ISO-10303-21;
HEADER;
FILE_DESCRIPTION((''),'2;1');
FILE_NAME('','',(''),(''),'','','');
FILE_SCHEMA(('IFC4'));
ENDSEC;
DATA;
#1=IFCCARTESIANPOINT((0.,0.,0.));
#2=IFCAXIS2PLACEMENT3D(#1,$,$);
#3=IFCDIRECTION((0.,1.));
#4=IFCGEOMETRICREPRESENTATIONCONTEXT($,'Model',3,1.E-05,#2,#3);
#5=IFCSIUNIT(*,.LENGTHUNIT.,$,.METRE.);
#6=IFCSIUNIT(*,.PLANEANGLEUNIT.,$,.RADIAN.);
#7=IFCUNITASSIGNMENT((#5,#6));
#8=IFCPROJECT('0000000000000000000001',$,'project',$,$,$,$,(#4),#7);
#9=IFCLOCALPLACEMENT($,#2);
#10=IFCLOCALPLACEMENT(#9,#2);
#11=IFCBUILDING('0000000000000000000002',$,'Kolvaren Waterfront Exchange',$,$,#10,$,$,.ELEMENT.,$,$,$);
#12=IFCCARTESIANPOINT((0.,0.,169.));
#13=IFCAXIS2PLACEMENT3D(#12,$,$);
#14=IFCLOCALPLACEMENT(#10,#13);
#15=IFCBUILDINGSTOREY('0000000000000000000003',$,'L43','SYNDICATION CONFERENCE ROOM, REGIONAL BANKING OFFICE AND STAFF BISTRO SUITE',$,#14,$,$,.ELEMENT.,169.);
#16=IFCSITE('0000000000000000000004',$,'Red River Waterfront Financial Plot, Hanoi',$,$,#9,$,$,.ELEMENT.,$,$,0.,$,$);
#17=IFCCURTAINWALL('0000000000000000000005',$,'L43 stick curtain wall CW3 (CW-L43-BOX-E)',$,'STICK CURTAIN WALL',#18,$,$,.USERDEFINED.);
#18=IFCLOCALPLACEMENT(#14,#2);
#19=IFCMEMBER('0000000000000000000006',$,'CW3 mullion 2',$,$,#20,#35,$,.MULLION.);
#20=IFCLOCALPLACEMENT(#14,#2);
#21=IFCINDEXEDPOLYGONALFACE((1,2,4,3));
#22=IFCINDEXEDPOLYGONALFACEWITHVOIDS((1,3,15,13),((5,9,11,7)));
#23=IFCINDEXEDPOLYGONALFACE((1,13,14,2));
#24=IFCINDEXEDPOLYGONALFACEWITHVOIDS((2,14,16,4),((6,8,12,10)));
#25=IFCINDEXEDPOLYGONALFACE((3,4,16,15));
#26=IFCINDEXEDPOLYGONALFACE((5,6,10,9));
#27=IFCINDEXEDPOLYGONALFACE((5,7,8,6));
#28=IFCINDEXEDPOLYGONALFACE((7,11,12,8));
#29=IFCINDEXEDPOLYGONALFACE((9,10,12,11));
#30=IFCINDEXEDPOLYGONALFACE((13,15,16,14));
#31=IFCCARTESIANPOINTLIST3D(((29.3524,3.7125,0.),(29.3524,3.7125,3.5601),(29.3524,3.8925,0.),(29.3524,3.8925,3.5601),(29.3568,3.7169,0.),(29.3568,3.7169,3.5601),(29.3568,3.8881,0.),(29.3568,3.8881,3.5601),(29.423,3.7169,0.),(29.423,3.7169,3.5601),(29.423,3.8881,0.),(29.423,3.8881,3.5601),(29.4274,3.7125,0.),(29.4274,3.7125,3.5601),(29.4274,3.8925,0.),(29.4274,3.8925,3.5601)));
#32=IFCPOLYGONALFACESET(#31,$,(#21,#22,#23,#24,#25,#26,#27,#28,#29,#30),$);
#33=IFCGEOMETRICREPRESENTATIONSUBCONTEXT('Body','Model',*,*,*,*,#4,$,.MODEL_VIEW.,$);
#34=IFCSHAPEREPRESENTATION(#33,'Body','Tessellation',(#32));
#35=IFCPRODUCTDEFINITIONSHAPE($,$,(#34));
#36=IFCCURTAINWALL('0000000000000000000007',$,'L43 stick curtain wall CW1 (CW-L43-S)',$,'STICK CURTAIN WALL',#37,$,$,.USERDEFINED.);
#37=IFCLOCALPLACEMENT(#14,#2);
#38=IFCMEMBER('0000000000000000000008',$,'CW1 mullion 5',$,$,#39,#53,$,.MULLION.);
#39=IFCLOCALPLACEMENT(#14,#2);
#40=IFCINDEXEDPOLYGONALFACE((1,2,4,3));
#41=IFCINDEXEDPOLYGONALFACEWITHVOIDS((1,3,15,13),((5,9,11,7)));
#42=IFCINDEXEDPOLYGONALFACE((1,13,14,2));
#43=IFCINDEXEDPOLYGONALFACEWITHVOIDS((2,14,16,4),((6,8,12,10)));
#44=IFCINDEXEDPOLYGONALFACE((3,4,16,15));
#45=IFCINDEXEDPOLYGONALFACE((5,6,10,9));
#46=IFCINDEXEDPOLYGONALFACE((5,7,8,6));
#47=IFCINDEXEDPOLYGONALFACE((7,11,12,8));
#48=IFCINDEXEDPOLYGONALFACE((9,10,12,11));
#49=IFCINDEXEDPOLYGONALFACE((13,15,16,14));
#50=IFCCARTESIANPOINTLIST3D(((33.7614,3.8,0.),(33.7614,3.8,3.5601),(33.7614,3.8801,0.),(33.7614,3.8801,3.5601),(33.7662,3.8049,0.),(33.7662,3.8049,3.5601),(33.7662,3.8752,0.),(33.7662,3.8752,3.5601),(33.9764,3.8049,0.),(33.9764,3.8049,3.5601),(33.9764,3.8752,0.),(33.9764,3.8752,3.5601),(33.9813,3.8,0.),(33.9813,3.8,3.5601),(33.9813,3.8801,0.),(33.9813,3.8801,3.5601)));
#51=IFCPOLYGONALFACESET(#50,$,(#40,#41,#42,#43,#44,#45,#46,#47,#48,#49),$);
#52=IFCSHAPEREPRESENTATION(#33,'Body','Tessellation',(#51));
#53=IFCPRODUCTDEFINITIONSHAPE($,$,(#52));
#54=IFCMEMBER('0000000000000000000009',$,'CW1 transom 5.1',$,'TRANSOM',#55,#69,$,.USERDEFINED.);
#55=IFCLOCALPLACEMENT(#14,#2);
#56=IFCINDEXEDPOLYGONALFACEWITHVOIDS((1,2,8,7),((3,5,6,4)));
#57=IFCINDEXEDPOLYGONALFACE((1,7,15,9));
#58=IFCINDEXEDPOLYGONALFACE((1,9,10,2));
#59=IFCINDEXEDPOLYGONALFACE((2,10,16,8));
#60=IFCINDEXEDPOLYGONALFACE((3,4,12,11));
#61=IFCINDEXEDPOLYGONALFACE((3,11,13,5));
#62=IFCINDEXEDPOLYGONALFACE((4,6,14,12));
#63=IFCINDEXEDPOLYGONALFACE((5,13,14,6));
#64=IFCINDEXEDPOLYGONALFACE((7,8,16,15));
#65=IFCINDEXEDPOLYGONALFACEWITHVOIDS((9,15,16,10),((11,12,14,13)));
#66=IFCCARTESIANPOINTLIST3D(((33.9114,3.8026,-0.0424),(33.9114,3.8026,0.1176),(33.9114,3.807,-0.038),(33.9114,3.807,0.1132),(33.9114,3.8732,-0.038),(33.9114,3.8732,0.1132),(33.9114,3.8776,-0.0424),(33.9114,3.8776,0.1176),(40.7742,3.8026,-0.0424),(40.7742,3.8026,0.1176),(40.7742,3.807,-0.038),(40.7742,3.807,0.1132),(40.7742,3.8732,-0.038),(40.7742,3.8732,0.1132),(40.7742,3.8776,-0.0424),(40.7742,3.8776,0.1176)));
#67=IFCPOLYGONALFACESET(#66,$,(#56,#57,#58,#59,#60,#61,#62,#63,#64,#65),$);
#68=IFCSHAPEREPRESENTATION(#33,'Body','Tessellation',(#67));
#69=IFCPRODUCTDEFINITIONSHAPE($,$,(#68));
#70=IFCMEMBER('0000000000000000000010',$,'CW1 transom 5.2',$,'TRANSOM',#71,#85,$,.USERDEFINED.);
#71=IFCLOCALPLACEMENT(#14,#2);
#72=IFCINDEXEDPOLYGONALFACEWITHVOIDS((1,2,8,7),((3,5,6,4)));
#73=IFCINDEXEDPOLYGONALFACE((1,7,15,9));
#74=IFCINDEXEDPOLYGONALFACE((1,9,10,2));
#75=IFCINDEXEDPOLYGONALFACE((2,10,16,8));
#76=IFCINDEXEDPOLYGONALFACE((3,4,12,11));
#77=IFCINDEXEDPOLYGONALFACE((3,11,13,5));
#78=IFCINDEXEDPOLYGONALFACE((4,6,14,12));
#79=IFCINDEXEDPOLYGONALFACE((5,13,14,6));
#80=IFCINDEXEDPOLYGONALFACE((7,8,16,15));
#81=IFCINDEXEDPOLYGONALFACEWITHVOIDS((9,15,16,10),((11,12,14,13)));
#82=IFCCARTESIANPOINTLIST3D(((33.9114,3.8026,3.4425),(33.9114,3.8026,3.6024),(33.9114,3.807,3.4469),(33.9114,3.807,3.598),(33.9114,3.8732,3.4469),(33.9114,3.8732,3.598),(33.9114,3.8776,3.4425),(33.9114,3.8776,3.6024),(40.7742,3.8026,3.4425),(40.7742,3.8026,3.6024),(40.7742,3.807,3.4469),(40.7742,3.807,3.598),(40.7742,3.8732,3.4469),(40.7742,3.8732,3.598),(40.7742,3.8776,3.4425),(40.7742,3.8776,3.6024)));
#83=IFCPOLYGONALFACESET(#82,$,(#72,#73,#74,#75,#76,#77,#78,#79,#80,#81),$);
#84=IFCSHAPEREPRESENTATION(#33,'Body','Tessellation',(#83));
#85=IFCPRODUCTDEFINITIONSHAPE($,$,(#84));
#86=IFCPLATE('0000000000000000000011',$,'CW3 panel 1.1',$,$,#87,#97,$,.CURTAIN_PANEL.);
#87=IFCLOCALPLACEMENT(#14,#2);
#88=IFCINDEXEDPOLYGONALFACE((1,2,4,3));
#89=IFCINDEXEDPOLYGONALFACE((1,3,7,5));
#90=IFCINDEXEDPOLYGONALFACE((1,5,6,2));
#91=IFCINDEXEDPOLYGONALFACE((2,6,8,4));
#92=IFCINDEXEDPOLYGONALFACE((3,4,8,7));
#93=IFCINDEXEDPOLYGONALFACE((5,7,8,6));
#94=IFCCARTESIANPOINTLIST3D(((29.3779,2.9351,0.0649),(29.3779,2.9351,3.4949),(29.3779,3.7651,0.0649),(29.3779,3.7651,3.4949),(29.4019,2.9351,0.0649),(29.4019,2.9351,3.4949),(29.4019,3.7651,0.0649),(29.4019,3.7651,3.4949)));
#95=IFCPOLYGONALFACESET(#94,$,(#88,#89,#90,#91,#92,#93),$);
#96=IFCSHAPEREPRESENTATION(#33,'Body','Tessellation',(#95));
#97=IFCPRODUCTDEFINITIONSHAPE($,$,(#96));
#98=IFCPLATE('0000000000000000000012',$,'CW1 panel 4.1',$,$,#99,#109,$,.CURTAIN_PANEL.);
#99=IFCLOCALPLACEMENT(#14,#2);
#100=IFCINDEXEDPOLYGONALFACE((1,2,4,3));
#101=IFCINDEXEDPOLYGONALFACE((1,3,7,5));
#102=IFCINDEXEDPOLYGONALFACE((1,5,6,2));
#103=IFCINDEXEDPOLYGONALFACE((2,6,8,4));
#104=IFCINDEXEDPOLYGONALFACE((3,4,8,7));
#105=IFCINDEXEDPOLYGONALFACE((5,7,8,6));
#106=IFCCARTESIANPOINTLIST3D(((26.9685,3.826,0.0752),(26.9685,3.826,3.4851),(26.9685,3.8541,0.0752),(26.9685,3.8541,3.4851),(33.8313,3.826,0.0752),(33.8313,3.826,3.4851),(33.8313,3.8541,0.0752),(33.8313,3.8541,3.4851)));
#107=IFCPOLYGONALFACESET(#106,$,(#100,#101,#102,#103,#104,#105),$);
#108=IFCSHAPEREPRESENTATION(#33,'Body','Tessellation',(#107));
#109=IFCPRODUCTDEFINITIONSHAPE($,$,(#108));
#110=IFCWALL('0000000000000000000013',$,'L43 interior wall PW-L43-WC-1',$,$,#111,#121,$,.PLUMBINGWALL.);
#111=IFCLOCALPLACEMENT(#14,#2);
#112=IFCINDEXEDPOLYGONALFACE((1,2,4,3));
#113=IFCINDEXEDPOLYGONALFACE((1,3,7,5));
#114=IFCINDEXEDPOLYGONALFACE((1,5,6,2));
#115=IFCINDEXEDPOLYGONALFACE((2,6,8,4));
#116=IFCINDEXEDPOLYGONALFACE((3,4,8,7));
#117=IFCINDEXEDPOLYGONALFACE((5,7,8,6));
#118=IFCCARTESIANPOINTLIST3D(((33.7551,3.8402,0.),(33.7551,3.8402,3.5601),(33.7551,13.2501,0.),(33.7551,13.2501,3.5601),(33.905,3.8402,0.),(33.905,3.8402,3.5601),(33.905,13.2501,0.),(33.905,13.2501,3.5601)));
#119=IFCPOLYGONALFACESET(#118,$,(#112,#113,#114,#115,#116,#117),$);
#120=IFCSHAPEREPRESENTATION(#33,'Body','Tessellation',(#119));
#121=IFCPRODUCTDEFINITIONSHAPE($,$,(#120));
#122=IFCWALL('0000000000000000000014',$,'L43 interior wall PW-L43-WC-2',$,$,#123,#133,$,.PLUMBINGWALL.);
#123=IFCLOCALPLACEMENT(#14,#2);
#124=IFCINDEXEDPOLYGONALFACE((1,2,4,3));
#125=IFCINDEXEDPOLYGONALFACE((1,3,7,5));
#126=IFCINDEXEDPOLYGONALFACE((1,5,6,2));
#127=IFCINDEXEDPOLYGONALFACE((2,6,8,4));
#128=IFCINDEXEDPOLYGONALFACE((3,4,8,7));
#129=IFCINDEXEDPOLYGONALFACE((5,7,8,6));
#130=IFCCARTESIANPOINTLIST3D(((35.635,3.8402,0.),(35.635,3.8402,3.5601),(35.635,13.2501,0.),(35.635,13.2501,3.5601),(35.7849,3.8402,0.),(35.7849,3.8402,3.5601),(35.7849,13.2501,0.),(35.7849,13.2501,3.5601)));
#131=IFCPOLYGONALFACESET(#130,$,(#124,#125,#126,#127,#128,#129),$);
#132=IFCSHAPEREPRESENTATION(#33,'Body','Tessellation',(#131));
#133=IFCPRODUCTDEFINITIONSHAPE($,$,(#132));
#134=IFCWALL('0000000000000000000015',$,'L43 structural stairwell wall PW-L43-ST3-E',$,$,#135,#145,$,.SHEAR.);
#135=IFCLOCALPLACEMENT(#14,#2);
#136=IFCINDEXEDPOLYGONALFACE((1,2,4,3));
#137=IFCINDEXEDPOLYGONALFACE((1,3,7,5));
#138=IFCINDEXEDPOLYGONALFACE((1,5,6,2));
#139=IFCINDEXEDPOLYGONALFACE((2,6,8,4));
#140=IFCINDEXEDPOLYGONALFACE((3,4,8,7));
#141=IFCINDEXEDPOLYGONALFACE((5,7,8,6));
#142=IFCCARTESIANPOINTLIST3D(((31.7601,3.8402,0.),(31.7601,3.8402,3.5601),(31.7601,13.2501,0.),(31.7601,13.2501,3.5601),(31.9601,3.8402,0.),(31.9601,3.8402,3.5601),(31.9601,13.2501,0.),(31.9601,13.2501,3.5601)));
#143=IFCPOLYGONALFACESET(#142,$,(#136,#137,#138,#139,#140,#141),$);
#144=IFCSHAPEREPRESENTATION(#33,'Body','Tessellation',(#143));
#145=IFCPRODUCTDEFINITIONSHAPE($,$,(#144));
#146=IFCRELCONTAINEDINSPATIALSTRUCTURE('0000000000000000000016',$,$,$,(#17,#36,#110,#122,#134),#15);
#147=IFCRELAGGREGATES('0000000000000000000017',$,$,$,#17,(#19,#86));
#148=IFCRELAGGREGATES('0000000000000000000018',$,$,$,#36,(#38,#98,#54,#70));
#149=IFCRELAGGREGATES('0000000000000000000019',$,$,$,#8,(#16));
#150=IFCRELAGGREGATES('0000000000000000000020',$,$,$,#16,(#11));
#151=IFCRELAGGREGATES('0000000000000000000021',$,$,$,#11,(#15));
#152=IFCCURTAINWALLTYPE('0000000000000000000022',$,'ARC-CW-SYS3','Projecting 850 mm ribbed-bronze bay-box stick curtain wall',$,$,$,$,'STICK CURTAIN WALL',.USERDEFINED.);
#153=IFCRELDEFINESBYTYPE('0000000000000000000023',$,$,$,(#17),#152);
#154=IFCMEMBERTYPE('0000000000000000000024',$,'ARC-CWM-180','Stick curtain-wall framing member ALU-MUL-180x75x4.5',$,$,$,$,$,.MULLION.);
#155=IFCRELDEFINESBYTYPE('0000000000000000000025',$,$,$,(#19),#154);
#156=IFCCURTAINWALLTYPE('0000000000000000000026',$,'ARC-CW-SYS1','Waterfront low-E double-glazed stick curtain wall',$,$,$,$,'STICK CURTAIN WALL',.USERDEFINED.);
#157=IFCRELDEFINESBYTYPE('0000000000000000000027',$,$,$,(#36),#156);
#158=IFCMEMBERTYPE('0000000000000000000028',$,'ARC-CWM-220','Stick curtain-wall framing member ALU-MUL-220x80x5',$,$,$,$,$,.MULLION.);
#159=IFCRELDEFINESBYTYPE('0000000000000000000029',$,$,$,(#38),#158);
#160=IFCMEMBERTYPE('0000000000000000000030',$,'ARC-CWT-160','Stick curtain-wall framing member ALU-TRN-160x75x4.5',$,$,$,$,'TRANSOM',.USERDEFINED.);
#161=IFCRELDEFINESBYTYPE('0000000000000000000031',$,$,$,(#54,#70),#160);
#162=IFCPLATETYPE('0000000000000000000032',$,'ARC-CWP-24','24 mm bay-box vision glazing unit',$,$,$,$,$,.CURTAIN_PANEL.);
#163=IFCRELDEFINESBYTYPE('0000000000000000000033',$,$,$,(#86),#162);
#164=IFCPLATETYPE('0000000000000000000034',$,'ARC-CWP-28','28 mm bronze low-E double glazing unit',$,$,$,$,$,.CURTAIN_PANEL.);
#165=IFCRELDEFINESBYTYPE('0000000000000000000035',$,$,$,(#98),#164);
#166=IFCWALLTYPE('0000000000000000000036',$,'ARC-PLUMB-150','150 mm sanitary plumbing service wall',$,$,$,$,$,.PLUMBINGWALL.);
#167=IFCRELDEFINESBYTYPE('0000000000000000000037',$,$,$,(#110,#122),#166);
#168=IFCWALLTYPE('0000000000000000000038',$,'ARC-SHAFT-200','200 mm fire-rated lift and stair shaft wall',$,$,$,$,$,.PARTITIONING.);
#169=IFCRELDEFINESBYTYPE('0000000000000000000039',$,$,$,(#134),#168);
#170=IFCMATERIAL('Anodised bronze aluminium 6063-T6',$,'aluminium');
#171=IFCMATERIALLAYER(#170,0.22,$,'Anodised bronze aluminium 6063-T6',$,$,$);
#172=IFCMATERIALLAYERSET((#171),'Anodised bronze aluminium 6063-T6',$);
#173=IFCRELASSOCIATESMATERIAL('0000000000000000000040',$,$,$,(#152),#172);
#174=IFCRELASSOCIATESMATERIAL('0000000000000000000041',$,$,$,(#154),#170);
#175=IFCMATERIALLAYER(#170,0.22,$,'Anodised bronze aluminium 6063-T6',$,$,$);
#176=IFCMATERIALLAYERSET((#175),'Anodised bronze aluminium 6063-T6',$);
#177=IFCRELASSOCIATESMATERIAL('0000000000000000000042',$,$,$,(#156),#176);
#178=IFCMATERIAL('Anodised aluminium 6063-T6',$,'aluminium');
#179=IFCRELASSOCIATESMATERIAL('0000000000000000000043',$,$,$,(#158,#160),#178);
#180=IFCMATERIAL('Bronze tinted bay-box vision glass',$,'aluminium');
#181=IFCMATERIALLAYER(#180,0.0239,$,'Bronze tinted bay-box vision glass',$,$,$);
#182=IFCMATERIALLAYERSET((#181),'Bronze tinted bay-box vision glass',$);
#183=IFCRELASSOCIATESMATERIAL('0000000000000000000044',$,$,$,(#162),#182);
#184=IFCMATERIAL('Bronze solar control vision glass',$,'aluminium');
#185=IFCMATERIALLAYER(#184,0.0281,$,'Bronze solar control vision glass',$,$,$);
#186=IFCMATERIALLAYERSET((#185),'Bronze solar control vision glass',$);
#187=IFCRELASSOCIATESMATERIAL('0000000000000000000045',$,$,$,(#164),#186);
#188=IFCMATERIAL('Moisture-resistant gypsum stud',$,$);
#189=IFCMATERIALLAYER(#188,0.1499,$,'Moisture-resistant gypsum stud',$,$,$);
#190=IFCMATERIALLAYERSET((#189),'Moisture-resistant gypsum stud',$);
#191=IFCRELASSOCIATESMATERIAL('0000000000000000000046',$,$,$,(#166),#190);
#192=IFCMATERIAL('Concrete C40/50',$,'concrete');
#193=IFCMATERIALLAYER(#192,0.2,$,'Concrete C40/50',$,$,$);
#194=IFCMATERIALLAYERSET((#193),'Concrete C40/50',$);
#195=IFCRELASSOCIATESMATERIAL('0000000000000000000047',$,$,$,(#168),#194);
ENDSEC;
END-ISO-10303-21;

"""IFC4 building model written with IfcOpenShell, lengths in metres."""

from ifc_helpers import new_model, si_unit, direction, frame, frame_2d, origin, origin_with_axes, origin_2d, place, context, subcontext, project, spatial, rectangle, hollow_rectangle, extrude, source, transform, mapped, material, layer, layer_set, material_profile, profile_set, type_object, element, aggregate, save


model = new_model("IFC4")

# Units and contexts
model_context = context("Model", 3, precision=1e-05, world=origin(), true_north=direction((0.0, 1.0)))
body_context = subcontext(model_context, "Body", "Model", "MODEL_VIEW")
ifc_project = project(units=[si_unit("LENGTHUNIT", "METRE"), si_unit("PLANEANGLEUNIT", "RADIAN")], contexts=[model_context])

# Site, building, storey
site_placement = place(None, origin())
site = spatial("IfcSite", under=ifc_project, at=site_placement, Name="Red River Waterfront Financial Plot, Hanoi", CompositionType="ELEMENT", RefElevation=0.0)
building_placement = place(site_placement, origin())
building = spatial("IfcBuilding", under=site, at=building_placement, Name="Kolvaren Waterfront Exchange", CompositionType="ELEMENT")
storey_placement = place(building_placement, frame((0.0, 0.0, 169.0)))
storey = spatial("IfcBuildingStorey", under=building, at=storey_placement, Name="L43", Description="SYNDICATION CONFERENCE ROOM, REGIONAL BANKING OFFICE AND STAFF BISTRO SUITE", CompositionType="ELEMENT", Elevation=169.0)

# Curtain walls, members
ifc_material_1 = material(Name="Anodised bronze aluminium 6063-T6", Category="aluminium")
ifc_layer_1 = layer(ifc_material_1, 0.22, Name="Anodised bronze aluminium 6063-T6")
ifc_layer_set_1 = layer_set([ifc_layer_1], Name="Anodised bronze aluminium 6063-T6")
curtain_wall_type_1 = type_object("IfcCurtainWallType", Name="ARC-CW-SYS3", Description="Projecting 850 mm ribbed-bronze bay-box stick curtain wall", ElementType="STICK CURTAIN WALL", PredefinedType="USERDEFINED", material=ifc_layer_set_1)
curtain_wall_1_placement = place(storey_placement, origin())
curtain_wall_1 = element("IfcCurtainWall", 1, at=curtain_wall_1_placement, inside=storey, type_object=curtain_wall_type_1, Name="L43 stick curtain wall CW3 (CW-L43-BOX-E)", ObjectType="STICK CURTAIN WALL", PredefinedType="USERDEFINED")
ifc_material_profile_1 = material_profile(ifc_material_1, hollow_rectangle(XDim=0.075, YDim=0.1799, WallThickness=0.0044, at=origin_2d()), Name="ALU-MUL-180x75x4.5")
ifc_profile_set_1 = profile_set([ifc_material_profile_1], Name="Anodised bronze aluminium 6063-T6")
member_type_1 = type_object("IfcMemberType", Name="ARC-CWM-180", Description="Stick curtain-wall framing member ALU-MUL-180x75x4.5", PredefinedType="MULLION", material=ifc_profile_set_1)
shared_shape_1 = source(origin_with_axes(), body_context, "Body", "SweptSolid", [
    extrude(hollow_rectangle(XDim=0.075, YDim=0.1799, WallThickness=0.0044, at=origin_2d()), origin(), (0.0, 0.0, 1.0), 3.5601),
])
member_1_placement = place(storey_placement, frame((29.3899, 3.8025, 0.0), z_axis=(0.0, 0.0, 1.0), x_axis=(-1.0, 0.0, 0.0)))
member_1 = element("IfcMember", 2, at=member_1_placement, type_object=member_type_1, Name="CW3 mullion 2", PredefinedType="MULLION", context=body_context, shape_type="MappedRepresentation", body=[
    mapped(shared_shape_1, transform((0.0, 0.0, 0.0), x_axis=(1.0, 0.0, 0.0), y_axis=(0.0, 1.0, 0.0), z_axis=(0.0, 0.0, 1.0), scale=1.0)),
])
ifc_layer_2 = layer(ifc_material_1, 0.22, Name="Anodised bronze aluminium 6063-T6")
ifc_layer_set_2 = layer_set([ifc_layer_2], Name="Anodised bronze aluminium 6063-T6")
curtain_wall_type_2 = type_object("IfcCurtainWallType", Name="ARC-CW-SYS1", Description="Waterfront low-E double-glazed stick curtain wall", ElementType="STICK CURTAIN WALL", PredefinedType="USERDEFINED", material=ifc_layer_set_2)
curtain_wall_2_placement = place(storey_placement, origin())
curtain_wall_2 = element("IfcCurtainWall", 3, at=curtain_wall_2_placement, inside=storey, type_object=curtain_wall_type_2, Name="L43 stick curtain wall CW1 (CW-L43-S)", ObjectType="STICK CURTAIN WALL", PredefinedType="USERDEFINED")
ifc_material_2 = material(Name="Anodised aluminium 6063-T6", Category="aluminium")
ifc_material_profile_2 = material_profile(ifc_material_2, hollow_rectangle(XDim=0.0801, YDim=0.22, WallThickness=0.0049, at=origin_2d()), Name="ALU-MUL-220x80x5")
ifc_profile_set_2 = profile_set([ifc_material_profile_2], Name="Anodised aluminium 6063-T6")
member_type_2 = type_object("IfcMemberType", Name="ARC-CWM-220", Description="Stick curtain-wall framing member ALU-MUL-220x80x5", PredefinedType="MULLION", material=ifc_profile_set_2)
shared_shape_2 = source(origin_with_axes(), body_context, "Body", "SweptSolid", [
    extrude(hollow_rectangle(XDim=0.0801, YDim=0.22, WallThickness=0.0049, at=origin_2d()), origin(), (0.0, 0.0, 1.0), 3.5601),
])
member_2_placement = place(storey_placement, frame((33.8713, 3.8401, 0.0), z_axis=(0.0, 0.0, 1.0), x_axis=(0.0, 1.0, 0.0)))
member_2 = element("IfcMember", 4, at=member_2_placement, type_object=member_type_2, Name="CW1 mullion 5", PredefinedType="MULLION", context=body_context, shape_type="MappedRepresentation", body=[
    mapped(shared_shape_2, transform((0.0, 0.0, 0.0), x_axis=(1.0, 0.0, 0.0), y_axis=(0.0, 1.0, 0.0), z_axis=(0.0, 0.0, 1.0), scale=1.0)),
])
ifc_material_profile_3 = material_profile(ifc_material_2, hollow_rectangle(XDim=0.075, YDim=0.1599, WallThickness=0.0044, at=origin_2d()), Name="ALU-TRN-160x75x4.5")
ifc_profile_set_3 = profile_set([ifc_material_profile_3], Name="Anodised aluminium 6063-T6")
member_type_3 = type_object("IfcMemberType", Name="ARC-CWT-160", Description="Stick curtain-wall framing member ALU-TRN-160x75x4.5", ElementType="TRANSOM", PredefinedType="USERDEFINED", material=ifc_profile_set_3)
shared_shape_3 = source(origin_with_axes(), body_context, "Body", "SweptSolid", [
    extrude(hollow_rectangle(XDim=0.075, YDim=0.1599, WallThickness=0.0044, at=origin_2d()), origin(), (0.0, 0.0, 1.0), 6.8628),
])
member_3_placement = place(storey_placement, frame((33.9114, 3.8401, 0.0376), z_axis=(1.0, 0.0, 0.0), x_axis=(0.0, 1.0, 0.0)))
member_3 = element("IfcMember", 5, at=member_3_placement, type_object=member_type_3, Name="CW1 transom 5.1", ObjectType="TRANSOM", PredefinedType="USERDEFINED", context=body_context, shape_type="MappedRepresentation", body=[
    mapped(shared_shape_3, transform((0.0, 0.0, 0.0), x_axis=(1.0, 0.0, 0.0), y_axis=(0.0, 1.0, 0.0), z_axis=(0.0, 0.0, 1.0), scale=1.0)),
])
member_4_placement = place(storey_placement, frame((33.9114, 3.8401, 3.5225), z_axis=(1.0, 0.0, 0.0), x_axis=(0.0, 1.0, 0.0)))
member_4 = element("IfcMember", 6, at=member_4_placement, type_object=member_type_3, Name="CW1 transom 5.2", ObjectType="TRANSOM", PredefinedType="USERDEFINED", context=body_context, shape_type="MappedRepresentation", body=[
    mapped(shared_shape_3, transform((0.0, 0.0, 0.0), x_axis=(1.0, 0.0, 0.0), y_axis=(0.0, 1.0, 0.0), z_axis=(0.0, 0.0, 1.0), scale=1.0)),
])

# Plates
ifc_material_3 = material(Name="Bronze tinted bay-box vision glass", Category="aluminium")
ifc_layer_3 = layer(ifc_material_3, 0.0239, Name="Bronze tinted bay-box vision glass")
ifc_layer_set_3 = layer_set([ifc_layer_3], Name="Bronze tinted bay-box vision glass")
plate_type_1 = type_object("IfcPlateType", Name="ARC-CWP-24", Description="24 mm bay-box vision glazing unit", PredefinedType="CURTAIN_PANEL", material=ifc_layer_set_3)
shared_shape_4 = source(origin_with_axes(), body_context, "Body", "SweptSolid", [
    extrude(rectangle(XDim=0.8301, YDim=0.0239, at=origin_2d()), origin(), (0.0, 0.0, 1.0), 3.4299),
])
plate_1_placement = place(storey_placement, frame((29.3899, 3.3501, 0.0649), z_axis=(0.0, 0.0, 1.0), x_axis=(0.0, 1.0, 0.0)))
plate_1 = element("IfcPlate", 7, at=plate_1_placement, type_object=plate_type_1, Name="CW3 panel 1.1", PredefinedType="CURTAIN_PANEL", context=body_context, shape_type="MappedRepresentation", body=[
    mapped(shared_shape_4, transform((0.0, 0.0, 0.0), x_axis=(1.0, 0.0, 0.0), y_axis=(0.0, 1.0, 0.0), z_axis=(0.0, 0.0, 1.0), scale=1.0)),
])
aggregate(curtain_wall_1, [member_1, plate_1])
ifc_material_4 = material(Name="Bronze solar control vision glass", Category="aluminium")
ifc_layer_4 = layer(ifc_material_4, 0.0281, Name="Bronze solar control vision glass")
ifc_layer_set_4 = layer_set([ifc_layer_4], Name="Bronze solar control vision glass")
plate_type_2 = type_object("IfcPlateType", Name="ARC-CWP-28", Description="28 mm bronze low-E double glazing unit", PredefinedType="CURTAIN_PANEL", material=ifc_layer_set_4)
shared_shape_5 = source(origin_with_axes(), body_context, "Body", "SweptSolid", [
    extrude(rectangle(XDim=6.8628, YDim=0.0281, at=origin_2d()), origin(), (0.0, 0.0, 1.0), 3.4099),
])
plate_2_placement = place(storey_placement, frame((30.3999, 3.8401, 0.0752), z_axis=(0.0, 0.0, 1.0), x_axis=(1.0, 0.0, 0.0)))
plate_2 = element("IfcPlate", 8, at=plate_2_placement, type_object=plate_type_2, Name="CW1 panel 4.1", PredefinedType="CURTAIN_PANEL", context=body_context, shape_type="MappedRepresentation", body=[
    mapped(shared_shape_5, transform((0.0, 0.0, 0.0), x_axis=(1.0, 0.0, 0.0), y_axis=(0.0, 1.0, 0.0), z_axis=(0.0, 0.0, 1.0), scale=1.0)),
])
aggregate(curtain_wall_2, [member_2, plate_2, member_3, member_4])

# Walls
ifc_material_5 = material(Name="Moisture-resistant gypsum stud")
ifc_layer_5 = layer(ifc_material_5, 0.1499, Name="Moisture-resistant gypsum stud")
ifc_layer_set_5 = layer_set([ifc_layer_5], Name="Moisture-resistant gypsum stud")
wall_type_1 = type_object("IfcWallType", Name="ARC-PLUMB-150", Description="150 mm sanitary plumbing service wall", PredefinedType="PLUMBINGWALL", material=ifc_layer_set_5)
for number, where, z_axis, x_axis, name in (
    (9, (33.8301, 3.8401, 0.0), (0.0, 0.0, 1.0), (0.0, 1.0, 0.0), "L43 interior wall PW-L43-WC-1"),
    (10, (35.71, 3.8401, 0.0), (0.0, 0.0, 1.0), (0.0, 1.0, 0.0), "L43 interior wall PW-L43-WC-2"),
):
    element("IfcWall", number, at=place(storey_placement, frame(where, z_axis=z_axis, x_axis=x_axis)), inside=storey, type_object=wall_type_1, Name=name, PredefinedType="PLUMBINGWALL", context=body_context, shape_type="SweptSolid", body=[
        extrude(rectangle(XDim=9.4099, YDim=0.1499, at=frame_2d((4.7051, 0.0))), origin(), (0.0, 0.0, 1.0), 3.5601),
    ])
ifc_material_6 = material(Name="Concrete C40/50", Category="concrete")
ifc_layer_6 = layer(ifc_material_6, 0.2, Name="Concrete C40/50")
ifc_layer_set_6 = layer_set([ifc_layer_6], Name="Concrete C40/50")
wall_type_2 = type_object("IfcWallType", Name="ARC-SHAFT-200", Description="200 mm fire-rated lift and stair shaft wall", PredefinedType="PARTITIONING", material=ifc_layer_set_6)
wall_placement = place(storey_placement, frame((31.8601, 3.8401, 0.0), z_axis=(0.0, 0.0, 1.0), x_axis=(0.0, 1.0, 0.0)))
element("IfcWall", 11, at=wall_placement, inside=storey, type_object=wall_type_2, Name="L43 structural stairwell wall PW-L43-ST3-E", PredefinedType="SHEAR", context=body_context, shape_type="SweptSolid", body=[
    extrude(rectangle(XDim=9.4099, YDim=0.2, at=frame_2d((4.7051, 0.0))), origin(), (0.0, 0.0, 1.0), 3.5601),
])

save(model, "model.ifc")
